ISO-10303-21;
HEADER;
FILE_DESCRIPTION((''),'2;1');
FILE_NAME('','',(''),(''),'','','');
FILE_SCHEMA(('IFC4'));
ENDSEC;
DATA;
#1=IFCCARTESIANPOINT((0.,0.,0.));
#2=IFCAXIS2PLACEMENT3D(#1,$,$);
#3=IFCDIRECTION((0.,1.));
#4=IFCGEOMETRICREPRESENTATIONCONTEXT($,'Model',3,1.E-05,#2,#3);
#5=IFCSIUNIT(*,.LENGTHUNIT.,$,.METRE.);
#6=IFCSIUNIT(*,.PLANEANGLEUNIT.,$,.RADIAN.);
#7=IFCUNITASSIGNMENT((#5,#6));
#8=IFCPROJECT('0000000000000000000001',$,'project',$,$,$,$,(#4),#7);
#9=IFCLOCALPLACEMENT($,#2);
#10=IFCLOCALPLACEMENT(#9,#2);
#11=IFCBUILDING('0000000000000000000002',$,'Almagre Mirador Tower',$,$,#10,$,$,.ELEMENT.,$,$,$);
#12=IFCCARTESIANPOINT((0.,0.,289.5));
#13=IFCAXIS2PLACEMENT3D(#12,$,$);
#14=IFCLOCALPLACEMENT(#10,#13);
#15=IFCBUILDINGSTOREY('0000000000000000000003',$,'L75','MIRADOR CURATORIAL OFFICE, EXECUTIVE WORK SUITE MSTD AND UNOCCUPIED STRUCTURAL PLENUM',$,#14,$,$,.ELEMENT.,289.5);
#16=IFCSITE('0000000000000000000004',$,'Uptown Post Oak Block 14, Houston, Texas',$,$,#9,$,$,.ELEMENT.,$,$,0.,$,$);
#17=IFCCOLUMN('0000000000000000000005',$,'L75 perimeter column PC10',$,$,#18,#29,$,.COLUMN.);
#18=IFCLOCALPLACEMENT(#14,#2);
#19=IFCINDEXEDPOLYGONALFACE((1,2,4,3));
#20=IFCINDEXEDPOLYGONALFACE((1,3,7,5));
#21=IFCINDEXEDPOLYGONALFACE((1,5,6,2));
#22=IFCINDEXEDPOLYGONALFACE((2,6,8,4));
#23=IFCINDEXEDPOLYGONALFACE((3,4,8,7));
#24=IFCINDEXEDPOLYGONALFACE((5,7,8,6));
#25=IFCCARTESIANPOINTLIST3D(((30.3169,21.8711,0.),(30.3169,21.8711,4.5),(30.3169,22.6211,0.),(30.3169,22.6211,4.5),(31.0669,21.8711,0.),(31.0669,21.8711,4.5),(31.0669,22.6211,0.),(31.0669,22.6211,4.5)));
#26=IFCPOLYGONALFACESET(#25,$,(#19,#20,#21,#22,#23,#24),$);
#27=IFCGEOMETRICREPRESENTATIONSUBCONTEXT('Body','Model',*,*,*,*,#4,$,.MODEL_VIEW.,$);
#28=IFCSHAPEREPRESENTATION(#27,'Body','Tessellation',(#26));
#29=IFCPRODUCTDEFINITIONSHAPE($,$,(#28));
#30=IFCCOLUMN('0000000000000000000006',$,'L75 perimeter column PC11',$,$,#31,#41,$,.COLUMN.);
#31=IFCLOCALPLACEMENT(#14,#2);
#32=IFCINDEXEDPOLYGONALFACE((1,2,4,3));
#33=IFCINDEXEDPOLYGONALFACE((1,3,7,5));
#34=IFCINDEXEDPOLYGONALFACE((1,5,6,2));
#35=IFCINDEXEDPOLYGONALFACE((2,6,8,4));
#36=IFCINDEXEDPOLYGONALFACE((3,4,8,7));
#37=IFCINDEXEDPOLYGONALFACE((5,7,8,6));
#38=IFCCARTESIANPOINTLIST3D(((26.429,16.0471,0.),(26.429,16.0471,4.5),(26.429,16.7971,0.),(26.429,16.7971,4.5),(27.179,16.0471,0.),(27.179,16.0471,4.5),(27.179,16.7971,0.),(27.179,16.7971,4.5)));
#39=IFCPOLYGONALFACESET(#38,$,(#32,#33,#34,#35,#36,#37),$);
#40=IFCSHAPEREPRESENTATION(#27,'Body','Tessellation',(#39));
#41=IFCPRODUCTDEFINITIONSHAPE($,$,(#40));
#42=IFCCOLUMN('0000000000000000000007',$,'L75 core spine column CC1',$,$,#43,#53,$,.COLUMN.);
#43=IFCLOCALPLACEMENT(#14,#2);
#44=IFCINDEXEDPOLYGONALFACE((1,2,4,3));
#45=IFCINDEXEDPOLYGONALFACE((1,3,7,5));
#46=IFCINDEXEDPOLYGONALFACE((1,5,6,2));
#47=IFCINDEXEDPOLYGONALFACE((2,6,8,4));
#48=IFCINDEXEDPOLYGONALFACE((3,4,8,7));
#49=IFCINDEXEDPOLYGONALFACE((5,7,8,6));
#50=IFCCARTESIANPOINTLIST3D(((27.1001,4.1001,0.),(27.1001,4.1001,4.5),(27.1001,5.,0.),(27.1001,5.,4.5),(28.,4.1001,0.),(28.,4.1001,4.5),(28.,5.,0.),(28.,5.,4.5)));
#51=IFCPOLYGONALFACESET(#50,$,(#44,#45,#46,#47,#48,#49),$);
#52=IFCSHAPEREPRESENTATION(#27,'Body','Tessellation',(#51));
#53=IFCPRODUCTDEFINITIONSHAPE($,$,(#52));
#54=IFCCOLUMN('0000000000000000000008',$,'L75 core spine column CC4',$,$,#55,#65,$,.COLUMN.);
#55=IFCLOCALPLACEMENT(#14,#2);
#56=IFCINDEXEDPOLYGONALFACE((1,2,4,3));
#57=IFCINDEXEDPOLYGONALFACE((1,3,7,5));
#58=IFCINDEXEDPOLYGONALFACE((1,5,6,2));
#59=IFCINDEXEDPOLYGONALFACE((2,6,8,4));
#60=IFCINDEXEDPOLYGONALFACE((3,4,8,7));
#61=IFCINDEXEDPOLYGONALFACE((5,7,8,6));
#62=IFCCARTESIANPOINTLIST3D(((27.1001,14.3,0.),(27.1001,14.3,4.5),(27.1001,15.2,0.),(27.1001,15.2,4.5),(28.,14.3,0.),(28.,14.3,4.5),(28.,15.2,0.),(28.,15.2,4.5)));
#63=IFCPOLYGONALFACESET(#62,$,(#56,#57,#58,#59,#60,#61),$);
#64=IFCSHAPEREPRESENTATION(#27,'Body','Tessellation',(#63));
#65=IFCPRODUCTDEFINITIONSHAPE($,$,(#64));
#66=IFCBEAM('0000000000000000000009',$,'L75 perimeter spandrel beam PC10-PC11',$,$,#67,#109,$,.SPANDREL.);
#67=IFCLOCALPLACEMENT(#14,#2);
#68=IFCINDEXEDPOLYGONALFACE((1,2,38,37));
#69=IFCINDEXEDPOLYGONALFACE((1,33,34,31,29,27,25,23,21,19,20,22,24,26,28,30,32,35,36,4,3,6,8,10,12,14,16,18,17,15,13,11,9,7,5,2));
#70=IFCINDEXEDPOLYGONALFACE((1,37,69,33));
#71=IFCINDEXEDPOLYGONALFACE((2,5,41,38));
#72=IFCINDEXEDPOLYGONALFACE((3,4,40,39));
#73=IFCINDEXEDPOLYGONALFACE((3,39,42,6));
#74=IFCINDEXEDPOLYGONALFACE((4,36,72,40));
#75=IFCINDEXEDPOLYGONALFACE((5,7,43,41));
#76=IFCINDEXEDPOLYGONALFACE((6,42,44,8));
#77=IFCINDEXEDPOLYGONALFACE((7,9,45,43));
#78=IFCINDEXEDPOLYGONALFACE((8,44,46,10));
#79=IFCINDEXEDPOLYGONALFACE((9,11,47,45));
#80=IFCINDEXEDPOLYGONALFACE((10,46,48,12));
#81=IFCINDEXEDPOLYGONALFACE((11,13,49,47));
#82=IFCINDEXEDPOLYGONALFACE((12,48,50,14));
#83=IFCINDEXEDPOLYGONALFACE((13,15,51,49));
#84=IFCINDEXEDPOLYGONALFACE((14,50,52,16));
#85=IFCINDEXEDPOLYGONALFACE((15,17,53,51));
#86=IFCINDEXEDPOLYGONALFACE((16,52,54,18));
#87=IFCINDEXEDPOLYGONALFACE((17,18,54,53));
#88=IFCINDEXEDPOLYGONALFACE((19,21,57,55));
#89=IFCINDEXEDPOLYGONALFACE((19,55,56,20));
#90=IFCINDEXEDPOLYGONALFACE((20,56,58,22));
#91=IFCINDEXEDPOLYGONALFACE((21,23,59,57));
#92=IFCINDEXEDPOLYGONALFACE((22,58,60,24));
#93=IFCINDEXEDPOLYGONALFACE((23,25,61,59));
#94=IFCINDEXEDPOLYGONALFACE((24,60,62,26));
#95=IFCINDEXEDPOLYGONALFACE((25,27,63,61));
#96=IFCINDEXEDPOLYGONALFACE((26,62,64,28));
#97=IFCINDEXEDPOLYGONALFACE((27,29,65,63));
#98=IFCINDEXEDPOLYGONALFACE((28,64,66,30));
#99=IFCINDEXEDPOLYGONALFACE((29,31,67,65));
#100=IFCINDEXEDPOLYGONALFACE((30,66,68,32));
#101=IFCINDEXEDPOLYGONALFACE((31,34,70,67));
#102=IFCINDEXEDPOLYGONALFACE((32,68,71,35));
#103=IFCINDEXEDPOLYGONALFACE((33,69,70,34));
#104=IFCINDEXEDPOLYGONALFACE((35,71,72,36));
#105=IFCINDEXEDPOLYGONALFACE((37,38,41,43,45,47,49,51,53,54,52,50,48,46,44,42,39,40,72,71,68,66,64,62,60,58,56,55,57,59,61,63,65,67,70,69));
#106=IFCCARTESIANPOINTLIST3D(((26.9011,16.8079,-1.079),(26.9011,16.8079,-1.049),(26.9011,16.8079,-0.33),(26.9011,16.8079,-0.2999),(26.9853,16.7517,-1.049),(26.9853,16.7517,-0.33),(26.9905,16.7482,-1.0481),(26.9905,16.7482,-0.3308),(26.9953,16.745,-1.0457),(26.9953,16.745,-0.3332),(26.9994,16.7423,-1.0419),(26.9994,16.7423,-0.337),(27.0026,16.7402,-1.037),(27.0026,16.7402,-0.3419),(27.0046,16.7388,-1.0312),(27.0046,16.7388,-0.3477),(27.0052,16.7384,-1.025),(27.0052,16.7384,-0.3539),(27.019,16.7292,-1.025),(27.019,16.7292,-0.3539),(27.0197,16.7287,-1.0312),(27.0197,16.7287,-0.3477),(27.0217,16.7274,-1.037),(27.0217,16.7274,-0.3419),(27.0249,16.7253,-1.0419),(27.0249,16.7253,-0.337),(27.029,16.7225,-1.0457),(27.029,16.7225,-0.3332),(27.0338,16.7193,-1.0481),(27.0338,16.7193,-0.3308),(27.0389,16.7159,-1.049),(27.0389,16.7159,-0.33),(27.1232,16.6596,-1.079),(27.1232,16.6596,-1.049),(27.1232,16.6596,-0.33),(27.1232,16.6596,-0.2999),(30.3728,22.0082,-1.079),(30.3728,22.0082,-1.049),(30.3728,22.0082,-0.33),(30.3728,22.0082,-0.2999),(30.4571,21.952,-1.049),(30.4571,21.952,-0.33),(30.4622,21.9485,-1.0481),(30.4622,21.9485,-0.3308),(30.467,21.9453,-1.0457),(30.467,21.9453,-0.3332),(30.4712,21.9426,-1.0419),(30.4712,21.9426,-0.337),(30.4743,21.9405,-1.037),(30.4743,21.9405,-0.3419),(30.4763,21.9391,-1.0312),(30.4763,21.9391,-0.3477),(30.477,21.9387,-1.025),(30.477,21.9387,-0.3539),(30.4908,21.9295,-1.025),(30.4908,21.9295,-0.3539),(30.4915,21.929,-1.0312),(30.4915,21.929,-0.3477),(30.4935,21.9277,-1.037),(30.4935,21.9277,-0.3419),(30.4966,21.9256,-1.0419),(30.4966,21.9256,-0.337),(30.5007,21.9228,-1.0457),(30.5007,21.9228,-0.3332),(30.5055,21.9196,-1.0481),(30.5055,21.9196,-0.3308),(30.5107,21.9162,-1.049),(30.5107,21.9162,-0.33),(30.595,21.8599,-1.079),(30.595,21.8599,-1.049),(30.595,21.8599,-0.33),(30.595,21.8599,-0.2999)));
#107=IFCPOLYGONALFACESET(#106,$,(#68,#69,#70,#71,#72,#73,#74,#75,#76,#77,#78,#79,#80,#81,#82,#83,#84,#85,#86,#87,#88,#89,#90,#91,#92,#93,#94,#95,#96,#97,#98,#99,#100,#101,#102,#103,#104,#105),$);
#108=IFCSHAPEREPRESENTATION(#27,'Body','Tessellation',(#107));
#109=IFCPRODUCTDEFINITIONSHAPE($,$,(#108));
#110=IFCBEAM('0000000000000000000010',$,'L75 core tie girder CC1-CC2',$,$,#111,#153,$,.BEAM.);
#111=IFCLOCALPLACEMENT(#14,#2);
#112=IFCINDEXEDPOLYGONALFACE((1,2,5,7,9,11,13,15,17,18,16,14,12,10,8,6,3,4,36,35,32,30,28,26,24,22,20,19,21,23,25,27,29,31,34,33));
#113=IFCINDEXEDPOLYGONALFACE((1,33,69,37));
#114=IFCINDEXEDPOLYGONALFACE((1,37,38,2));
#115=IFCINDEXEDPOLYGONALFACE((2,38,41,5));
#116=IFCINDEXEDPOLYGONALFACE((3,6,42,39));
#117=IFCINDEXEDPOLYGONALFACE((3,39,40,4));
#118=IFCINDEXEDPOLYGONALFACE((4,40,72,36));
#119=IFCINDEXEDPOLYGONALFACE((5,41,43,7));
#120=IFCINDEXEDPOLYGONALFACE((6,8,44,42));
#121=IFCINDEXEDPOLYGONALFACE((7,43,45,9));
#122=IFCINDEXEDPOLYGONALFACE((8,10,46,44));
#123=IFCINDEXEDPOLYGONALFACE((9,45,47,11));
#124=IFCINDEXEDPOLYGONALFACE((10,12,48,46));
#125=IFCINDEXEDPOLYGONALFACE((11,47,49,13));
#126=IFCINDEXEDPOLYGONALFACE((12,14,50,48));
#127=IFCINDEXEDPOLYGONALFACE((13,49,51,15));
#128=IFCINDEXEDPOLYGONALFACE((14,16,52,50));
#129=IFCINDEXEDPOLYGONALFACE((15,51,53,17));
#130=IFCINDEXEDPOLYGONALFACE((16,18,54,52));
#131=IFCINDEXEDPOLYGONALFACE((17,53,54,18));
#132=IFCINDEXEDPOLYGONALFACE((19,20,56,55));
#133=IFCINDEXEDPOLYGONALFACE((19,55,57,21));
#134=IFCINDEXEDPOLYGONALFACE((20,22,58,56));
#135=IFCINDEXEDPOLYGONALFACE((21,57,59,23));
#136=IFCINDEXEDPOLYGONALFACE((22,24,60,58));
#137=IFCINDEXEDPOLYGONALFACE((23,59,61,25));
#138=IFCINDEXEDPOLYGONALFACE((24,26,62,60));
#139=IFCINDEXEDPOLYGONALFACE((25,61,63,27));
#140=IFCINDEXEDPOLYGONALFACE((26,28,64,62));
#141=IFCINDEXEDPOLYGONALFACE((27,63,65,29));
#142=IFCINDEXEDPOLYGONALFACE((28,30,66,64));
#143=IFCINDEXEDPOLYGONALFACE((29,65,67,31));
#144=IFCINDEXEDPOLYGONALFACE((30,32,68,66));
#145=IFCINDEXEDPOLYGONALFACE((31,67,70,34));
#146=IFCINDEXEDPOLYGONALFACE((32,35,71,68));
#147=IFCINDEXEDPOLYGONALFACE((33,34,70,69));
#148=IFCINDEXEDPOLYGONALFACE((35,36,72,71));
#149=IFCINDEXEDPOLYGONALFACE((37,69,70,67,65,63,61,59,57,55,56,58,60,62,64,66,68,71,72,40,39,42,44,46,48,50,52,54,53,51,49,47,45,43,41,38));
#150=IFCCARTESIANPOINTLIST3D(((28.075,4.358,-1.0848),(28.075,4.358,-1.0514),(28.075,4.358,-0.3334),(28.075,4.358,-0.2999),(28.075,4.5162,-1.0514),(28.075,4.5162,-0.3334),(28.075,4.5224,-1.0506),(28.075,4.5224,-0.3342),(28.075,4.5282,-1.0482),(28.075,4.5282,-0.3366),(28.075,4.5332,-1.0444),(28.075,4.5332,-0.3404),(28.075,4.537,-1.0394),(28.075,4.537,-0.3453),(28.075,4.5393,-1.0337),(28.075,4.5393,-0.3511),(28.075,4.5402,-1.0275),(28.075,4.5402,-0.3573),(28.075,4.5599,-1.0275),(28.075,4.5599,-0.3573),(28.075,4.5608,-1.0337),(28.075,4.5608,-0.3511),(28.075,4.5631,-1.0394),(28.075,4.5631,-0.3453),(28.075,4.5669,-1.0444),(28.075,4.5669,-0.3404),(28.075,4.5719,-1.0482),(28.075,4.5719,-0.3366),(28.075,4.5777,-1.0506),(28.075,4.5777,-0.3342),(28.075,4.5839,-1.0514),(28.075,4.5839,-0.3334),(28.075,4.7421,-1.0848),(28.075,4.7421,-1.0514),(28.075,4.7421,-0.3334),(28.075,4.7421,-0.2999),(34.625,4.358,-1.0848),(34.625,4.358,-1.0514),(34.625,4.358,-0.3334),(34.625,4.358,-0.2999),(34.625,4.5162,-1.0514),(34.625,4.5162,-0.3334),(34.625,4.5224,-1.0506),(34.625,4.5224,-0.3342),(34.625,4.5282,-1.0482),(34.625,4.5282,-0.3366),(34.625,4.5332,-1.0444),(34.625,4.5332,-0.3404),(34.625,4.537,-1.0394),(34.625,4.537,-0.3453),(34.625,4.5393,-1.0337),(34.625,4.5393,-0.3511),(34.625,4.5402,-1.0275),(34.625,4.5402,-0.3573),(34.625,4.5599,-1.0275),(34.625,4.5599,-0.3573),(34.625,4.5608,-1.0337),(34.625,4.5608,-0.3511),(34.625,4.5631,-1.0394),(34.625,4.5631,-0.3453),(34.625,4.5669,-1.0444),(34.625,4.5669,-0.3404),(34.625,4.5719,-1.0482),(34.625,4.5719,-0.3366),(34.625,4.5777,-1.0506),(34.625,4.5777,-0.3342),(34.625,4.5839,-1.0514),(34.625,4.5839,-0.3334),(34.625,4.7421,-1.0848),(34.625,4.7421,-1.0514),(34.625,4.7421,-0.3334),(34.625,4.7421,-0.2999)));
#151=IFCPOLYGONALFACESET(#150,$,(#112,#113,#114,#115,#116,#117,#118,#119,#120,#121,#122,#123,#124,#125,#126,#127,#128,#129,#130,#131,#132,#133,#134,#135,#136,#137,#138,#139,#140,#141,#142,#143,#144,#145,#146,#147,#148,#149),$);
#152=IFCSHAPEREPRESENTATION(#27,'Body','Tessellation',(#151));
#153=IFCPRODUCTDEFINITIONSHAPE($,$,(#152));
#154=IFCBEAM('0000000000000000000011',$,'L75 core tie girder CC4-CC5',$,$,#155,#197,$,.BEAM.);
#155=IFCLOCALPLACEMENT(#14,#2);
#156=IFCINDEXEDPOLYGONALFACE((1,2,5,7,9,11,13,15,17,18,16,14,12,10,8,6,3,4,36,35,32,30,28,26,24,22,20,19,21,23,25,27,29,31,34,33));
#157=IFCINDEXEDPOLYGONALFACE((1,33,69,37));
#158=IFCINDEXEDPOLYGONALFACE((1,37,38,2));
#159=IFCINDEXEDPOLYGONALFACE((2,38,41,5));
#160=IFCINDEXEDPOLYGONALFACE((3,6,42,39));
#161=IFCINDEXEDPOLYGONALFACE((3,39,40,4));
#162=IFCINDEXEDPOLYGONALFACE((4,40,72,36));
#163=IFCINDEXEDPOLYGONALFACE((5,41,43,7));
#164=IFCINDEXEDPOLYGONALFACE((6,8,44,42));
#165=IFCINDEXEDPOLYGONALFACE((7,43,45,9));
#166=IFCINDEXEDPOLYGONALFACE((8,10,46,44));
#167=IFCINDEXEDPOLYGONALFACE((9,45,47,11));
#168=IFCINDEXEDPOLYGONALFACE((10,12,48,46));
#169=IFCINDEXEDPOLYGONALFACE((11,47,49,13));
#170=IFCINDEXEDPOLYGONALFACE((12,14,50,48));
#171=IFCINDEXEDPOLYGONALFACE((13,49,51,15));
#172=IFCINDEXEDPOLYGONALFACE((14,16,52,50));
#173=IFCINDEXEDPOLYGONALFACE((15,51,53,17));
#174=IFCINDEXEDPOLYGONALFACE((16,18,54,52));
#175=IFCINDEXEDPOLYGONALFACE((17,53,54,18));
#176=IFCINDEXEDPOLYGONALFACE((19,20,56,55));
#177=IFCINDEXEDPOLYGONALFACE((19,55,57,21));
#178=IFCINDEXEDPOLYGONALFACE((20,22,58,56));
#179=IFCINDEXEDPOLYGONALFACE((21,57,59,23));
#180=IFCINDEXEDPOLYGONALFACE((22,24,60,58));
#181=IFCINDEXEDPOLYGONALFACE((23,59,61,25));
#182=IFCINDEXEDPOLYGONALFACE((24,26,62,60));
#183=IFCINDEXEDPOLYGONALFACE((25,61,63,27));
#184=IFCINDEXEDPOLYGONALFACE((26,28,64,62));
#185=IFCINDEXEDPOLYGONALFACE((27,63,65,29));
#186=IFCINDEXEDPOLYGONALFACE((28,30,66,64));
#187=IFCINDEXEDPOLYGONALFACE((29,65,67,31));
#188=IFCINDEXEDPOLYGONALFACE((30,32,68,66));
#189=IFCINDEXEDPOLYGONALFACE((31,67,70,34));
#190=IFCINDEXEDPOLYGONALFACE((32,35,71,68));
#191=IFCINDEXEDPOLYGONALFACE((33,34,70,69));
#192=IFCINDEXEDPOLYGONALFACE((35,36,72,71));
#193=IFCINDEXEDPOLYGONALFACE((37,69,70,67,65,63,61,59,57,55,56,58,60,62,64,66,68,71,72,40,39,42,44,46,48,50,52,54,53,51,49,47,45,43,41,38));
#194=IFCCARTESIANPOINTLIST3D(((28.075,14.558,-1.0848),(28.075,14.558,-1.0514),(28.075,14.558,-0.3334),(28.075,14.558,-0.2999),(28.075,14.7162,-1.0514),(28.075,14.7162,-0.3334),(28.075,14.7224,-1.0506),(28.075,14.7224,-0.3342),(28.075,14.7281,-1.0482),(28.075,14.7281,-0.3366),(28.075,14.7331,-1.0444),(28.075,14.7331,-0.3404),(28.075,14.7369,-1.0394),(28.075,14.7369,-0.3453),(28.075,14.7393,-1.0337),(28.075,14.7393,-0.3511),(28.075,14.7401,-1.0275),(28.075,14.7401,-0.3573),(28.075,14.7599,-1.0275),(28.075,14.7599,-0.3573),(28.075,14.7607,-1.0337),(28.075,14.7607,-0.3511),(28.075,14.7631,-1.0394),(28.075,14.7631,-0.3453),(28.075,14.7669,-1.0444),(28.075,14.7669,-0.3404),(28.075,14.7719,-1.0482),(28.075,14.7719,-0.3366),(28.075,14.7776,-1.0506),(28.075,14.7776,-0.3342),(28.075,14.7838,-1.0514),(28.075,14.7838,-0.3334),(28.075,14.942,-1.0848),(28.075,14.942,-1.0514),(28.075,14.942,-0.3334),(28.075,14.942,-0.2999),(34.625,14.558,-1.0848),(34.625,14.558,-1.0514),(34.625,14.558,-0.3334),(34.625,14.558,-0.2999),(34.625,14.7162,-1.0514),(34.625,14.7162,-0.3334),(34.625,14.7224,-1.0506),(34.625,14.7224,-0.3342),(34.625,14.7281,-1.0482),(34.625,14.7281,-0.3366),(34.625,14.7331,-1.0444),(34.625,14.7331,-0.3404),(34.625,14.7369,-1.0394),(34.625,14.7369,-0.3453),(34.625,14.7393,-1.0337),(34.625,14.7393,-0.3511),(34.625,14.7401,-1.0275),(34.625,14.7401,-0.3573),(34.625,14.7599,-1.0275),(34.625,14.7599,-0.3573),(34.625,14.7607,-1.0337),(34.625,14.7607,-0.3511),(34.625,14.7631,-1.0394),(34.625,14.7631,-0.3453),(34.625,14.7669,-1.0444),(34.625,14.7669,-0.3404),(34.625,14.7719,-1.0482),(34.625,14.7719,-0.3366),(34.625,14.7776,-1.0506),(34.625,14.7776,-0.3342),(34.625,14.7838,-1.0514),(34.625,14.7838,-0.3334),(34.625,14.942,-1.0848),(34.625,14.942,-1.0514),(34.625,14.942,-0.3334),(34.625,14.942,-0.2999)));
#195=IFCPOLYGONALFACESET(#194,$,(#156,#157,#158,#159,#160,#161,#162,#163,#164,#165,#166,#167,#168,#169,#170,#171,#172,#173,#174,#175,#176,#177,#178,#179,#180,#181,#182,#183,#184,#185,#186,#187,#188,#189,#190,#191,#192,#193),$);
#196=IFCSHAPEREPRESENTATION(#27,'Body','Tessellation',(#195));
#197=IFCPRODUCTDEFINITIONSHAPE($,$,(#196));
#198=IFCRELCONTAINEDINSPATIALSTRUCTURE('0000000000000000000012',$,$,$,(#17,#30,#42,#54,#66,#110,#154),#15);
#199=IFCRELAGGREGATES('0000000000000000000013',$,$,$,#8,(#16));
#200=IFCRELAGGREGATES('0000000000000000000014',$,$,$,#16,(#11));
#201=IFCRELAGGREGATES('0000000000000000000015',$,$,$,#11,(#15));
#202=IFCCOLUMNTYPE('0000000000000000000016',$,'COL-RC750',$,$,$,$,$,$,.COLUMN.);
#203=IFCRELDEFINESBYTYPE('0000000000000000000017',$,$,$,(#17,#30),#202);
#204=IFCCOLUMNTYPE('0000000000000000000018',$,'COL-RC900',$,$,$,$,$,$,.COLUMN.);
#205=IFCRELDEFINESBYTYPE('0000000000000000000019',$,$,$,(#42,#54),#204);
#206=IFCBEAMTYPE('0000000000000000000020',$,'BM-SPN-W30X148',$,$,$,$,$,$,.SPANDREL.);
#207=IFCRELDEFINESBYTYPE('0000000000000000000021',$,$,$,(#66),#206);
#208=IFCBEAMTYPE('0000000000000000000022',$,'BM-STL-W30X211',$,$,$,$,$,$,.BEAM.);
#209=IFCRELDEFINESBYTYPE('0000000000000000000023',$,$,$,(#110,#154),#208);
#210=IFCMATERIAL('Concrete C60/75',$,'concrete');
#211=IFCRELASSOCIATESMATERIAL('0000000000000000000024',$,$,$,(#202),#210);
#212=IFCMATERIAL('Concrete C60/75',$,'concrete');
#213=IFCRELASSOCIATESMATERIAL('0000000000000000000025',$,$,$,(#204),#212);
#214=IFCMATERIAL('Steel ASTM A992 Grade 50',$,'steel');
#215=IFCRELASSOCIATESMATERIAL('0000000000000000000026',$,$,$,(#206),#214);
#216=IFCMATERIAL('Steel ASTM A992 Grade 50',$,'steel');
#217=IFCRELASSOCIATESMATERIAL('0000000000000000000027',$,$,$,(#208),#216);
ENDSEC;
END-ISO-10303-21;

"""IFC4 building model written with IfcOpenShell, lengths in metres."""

from ifc_helpers import new_model, si_unit, direction, frame, origin, origin_2d, place, context, subcontext, project, spatial, rectangle, i_section, extrude, material, material_profile, profile_set, type_object, element, save


model = new_model("IFC4")

# Units and contexts
model_context = context("Model", 3, precision=1e-05, world=origin(), true_north=direction((0.0, 1.0)))
body_context = subcontext(model_context, "Body", "Model", "MODEL_VIEW")
ifc_project = project(units=[si_unit("LENGTHUNIT", "METRE"), si_unit("PLANEANGLEUNIT", "RADIAN")], contexts=[model_context])

# Site, building, storey
site_placement = place(None, origin())
site = spatial("IfcSite", under=ifc_project, at=site_placement, Name="Uptown Post Oak Block 14, Houston, Texas", CompositionType="ELEMENT", RefElevation=0.0)
building_placement = place(site_placement, origin())
building = spatial("IfcBuilding", under=site, at=building_placement, Name="Almagre Mirador Tower", CompositionType="ELEMENT")
storey_placement = place(building_placement, frame((0.0, 0.0, 289.5)))
storey = spatial("IfcBuildingStorey", under=building, at=storey_placement, Name="L75", Description="MIRADOR CURATORIAL OFFICE, EXECUTIVE WORK SUITE MSTD AND UNOCCUPIED STRUCTURAL PLENUM", CompositionType="ELEMENT", Elevation=289.5)

# Columns
ifc_material_1 = material(Name="Concrete C60/75", Category="concrete")
ifc_material_profile_1 = material_profile(ifc_material_1, rectangle(XDim=0.75, YDim=0.75, at=origin_2d()), Name="RC750X750")
ifc_profile_set_1 = profile_set([ifc_material_profile_1], Name="Concrete C60/75")
column_type_1 = type_object("IfcColumnType", Name="COL-RC750", PredefinedType="COLUMN", material=ifc_profile_set_1)
for number, where, z_axis, x_axis, name in (
    (1, (30.6919, 22.2461, 0.0), (0.0, 0.0, 1.0), (1.0, 0.0, 0.0), "L75 perimeter column PC10"),
    (2, (26.804, 16.4221, 0.0), (0.0, 0.0, 1.0), (1.0, 0.0, 0.0), "L75 perimeter column PC11"),
):
    element("IfcColumn", number, at=place(storey_placement, frame(where, z_axis=z_axis, x_axis=x_axis)), inside=storey, type_object=column_type_1, Name=name, PredefinedType="COLUMN", context=body_context, shape_type="SweptSolid", body=[
        extrude(rectangle(XDim=0.75, YDim=0.75, at=origin_2d()), origin(), (0.0, 0.0, 1.0), 4.5),
    ])
ifc_material_2 = material(Name="Concrete C60/75", Category="concrete")
ifc_material_profile_2 = material_profile(ifc_material_2, rectangle(XDim=0.8999, YDim=0.8999, at=origin_2d()), Name="RC900X900")
ifc_profile_set_2 = profile_set([ifc_material_profile_2], Name="Concrete C60/75")
column_type_2 = type_object("IfcColumnType", Name="COL-RC900", PredefinedType="COLUMN", material=ifc_profile_set_2)
for number, where, z_axis, x_axis, name in (
    (3, (27.55, 4.55, 0.0), (0.0, 0.0, 1.0), (1.0, 0.0, 0.0), "L75 core spine column CC1"),
    (4, (27.55, 14.75, 0.0), (0.0, 0.0, 1.0), (1.0, 0.0, 0.0), "L75 core spine column CC4"),
):
    element("IfcColumn", number, at=place(storey_placement, frame(where, z_axis=z_axis, x_axis=x_axis)), inside=storey, type_object=column_type_2, Name=name, PredefinedType="COLUMN", context=body_context, shape_type="SweptSolid", body=[
        extrude(rectangle(XDim=0.8999, YDim=0.8999, at=origin_2d()), origin(), (0.0, 0.0, 1.0), 4.5),
    ])

# Beams
ifc_material_3 = material(Name="Steel ASTM A992 Grade 50", Category="steel")
ifc_material_profile_3 = material_profile(ifc_material_3, i_section(OverallWidth=0.2671, OverallDepth=0.7791, WebThickness=0.0166, FlangeThickness=0.03, FilletRadius=0.0239, at=origin_2d()), Name="W30X148")
ifc_profile_set_3 = profile_set([ifc_material_profile_3], Name="Steel ASTM A992 Grade 50")
beam_type_1 = type_object("IfcBeamType", Name="BM-SPN-W30X148", PredefinedType="SPANDREL", material=ifc_profile_set_3)
beam_1_placement = place(storey_placement, frame((30.4839, 21.9341, -0.6895), z_axis=(-0.555241, -0.83169, 0.0), x_axis=(0.83169, -0.555241, 0.0)))
element("IfcBeam", 5, at=beam_1_placement, inside=storey, type_object=beam_type_1, Name="L75 perimeter spandrel beam PC10-PC11", PredefinedType="SPANDREL", context=body_context, shape_type="SweptSolid", body=[
    extrude(i_section(OverallWidth=0.2671, OverallDepth=0.7791, WebThickness=0.0166, FlangeThickness=0.03, FilletRadius=0.0239, at=origin_2d()), origin(), (0.0, 0.0, 1.0), 6.2527),
])
ifc_material_4 = material(Name="Steel ASTM A992 Grade 50", Category="steel")
ifc_material_profile_4 = material_profile(ifc_material_4, i_section(OverallWidth=0.384, OverallDepth=0.7849, WebThickness=0.0198, FlangeThickness=0.0334, FilletRadius=0.0239, at=origin_2d()), Name="W30X211")
ifc_profile_set_4 = profile_set([ifc_material_profile_4], Name="Steel ASTM A992 Grade 50")
beam_type_2 = type_object("IfcBeamType", Name="BM-STL-W30X211", PredefinedType="BEAM", material=ifc_profile_set_4)
for number, where, z_axis, x_axis, name in (
    (6, (28.075, 4.55, -0.6924), (1.0, 0.0, 0.0), (0.0, 1.0, 0.0), "L75 core tie girder CC1-CC2"),
    (7, (28.075, 14.75, -0.6924), (1.0, 0.0, 0.0), (0.0, 1.0, 0.0), "L75 core tie girder CC4-CC5"),
):
    element("IfcBeam", number, at=place(storey_placement, frame(where, z_axis=z_axis, x_axis=x_axis)), inside=storey, type_object=beam_type_2, Name=name, PredefinedType="BEAM", context=body_context, shape_type="SweptSolid", body=[
        extrude(i_section(OverallWidth=0.384, OverallDepth=0.7849, WebThickness=0.0198, FlangeThickness=0.0334, FilletRadius=0.0239, at=origin_2d()), origin(), (0.0, 0.0, 1.0), 6.55),
    ])

save(model, "model.ifc")
